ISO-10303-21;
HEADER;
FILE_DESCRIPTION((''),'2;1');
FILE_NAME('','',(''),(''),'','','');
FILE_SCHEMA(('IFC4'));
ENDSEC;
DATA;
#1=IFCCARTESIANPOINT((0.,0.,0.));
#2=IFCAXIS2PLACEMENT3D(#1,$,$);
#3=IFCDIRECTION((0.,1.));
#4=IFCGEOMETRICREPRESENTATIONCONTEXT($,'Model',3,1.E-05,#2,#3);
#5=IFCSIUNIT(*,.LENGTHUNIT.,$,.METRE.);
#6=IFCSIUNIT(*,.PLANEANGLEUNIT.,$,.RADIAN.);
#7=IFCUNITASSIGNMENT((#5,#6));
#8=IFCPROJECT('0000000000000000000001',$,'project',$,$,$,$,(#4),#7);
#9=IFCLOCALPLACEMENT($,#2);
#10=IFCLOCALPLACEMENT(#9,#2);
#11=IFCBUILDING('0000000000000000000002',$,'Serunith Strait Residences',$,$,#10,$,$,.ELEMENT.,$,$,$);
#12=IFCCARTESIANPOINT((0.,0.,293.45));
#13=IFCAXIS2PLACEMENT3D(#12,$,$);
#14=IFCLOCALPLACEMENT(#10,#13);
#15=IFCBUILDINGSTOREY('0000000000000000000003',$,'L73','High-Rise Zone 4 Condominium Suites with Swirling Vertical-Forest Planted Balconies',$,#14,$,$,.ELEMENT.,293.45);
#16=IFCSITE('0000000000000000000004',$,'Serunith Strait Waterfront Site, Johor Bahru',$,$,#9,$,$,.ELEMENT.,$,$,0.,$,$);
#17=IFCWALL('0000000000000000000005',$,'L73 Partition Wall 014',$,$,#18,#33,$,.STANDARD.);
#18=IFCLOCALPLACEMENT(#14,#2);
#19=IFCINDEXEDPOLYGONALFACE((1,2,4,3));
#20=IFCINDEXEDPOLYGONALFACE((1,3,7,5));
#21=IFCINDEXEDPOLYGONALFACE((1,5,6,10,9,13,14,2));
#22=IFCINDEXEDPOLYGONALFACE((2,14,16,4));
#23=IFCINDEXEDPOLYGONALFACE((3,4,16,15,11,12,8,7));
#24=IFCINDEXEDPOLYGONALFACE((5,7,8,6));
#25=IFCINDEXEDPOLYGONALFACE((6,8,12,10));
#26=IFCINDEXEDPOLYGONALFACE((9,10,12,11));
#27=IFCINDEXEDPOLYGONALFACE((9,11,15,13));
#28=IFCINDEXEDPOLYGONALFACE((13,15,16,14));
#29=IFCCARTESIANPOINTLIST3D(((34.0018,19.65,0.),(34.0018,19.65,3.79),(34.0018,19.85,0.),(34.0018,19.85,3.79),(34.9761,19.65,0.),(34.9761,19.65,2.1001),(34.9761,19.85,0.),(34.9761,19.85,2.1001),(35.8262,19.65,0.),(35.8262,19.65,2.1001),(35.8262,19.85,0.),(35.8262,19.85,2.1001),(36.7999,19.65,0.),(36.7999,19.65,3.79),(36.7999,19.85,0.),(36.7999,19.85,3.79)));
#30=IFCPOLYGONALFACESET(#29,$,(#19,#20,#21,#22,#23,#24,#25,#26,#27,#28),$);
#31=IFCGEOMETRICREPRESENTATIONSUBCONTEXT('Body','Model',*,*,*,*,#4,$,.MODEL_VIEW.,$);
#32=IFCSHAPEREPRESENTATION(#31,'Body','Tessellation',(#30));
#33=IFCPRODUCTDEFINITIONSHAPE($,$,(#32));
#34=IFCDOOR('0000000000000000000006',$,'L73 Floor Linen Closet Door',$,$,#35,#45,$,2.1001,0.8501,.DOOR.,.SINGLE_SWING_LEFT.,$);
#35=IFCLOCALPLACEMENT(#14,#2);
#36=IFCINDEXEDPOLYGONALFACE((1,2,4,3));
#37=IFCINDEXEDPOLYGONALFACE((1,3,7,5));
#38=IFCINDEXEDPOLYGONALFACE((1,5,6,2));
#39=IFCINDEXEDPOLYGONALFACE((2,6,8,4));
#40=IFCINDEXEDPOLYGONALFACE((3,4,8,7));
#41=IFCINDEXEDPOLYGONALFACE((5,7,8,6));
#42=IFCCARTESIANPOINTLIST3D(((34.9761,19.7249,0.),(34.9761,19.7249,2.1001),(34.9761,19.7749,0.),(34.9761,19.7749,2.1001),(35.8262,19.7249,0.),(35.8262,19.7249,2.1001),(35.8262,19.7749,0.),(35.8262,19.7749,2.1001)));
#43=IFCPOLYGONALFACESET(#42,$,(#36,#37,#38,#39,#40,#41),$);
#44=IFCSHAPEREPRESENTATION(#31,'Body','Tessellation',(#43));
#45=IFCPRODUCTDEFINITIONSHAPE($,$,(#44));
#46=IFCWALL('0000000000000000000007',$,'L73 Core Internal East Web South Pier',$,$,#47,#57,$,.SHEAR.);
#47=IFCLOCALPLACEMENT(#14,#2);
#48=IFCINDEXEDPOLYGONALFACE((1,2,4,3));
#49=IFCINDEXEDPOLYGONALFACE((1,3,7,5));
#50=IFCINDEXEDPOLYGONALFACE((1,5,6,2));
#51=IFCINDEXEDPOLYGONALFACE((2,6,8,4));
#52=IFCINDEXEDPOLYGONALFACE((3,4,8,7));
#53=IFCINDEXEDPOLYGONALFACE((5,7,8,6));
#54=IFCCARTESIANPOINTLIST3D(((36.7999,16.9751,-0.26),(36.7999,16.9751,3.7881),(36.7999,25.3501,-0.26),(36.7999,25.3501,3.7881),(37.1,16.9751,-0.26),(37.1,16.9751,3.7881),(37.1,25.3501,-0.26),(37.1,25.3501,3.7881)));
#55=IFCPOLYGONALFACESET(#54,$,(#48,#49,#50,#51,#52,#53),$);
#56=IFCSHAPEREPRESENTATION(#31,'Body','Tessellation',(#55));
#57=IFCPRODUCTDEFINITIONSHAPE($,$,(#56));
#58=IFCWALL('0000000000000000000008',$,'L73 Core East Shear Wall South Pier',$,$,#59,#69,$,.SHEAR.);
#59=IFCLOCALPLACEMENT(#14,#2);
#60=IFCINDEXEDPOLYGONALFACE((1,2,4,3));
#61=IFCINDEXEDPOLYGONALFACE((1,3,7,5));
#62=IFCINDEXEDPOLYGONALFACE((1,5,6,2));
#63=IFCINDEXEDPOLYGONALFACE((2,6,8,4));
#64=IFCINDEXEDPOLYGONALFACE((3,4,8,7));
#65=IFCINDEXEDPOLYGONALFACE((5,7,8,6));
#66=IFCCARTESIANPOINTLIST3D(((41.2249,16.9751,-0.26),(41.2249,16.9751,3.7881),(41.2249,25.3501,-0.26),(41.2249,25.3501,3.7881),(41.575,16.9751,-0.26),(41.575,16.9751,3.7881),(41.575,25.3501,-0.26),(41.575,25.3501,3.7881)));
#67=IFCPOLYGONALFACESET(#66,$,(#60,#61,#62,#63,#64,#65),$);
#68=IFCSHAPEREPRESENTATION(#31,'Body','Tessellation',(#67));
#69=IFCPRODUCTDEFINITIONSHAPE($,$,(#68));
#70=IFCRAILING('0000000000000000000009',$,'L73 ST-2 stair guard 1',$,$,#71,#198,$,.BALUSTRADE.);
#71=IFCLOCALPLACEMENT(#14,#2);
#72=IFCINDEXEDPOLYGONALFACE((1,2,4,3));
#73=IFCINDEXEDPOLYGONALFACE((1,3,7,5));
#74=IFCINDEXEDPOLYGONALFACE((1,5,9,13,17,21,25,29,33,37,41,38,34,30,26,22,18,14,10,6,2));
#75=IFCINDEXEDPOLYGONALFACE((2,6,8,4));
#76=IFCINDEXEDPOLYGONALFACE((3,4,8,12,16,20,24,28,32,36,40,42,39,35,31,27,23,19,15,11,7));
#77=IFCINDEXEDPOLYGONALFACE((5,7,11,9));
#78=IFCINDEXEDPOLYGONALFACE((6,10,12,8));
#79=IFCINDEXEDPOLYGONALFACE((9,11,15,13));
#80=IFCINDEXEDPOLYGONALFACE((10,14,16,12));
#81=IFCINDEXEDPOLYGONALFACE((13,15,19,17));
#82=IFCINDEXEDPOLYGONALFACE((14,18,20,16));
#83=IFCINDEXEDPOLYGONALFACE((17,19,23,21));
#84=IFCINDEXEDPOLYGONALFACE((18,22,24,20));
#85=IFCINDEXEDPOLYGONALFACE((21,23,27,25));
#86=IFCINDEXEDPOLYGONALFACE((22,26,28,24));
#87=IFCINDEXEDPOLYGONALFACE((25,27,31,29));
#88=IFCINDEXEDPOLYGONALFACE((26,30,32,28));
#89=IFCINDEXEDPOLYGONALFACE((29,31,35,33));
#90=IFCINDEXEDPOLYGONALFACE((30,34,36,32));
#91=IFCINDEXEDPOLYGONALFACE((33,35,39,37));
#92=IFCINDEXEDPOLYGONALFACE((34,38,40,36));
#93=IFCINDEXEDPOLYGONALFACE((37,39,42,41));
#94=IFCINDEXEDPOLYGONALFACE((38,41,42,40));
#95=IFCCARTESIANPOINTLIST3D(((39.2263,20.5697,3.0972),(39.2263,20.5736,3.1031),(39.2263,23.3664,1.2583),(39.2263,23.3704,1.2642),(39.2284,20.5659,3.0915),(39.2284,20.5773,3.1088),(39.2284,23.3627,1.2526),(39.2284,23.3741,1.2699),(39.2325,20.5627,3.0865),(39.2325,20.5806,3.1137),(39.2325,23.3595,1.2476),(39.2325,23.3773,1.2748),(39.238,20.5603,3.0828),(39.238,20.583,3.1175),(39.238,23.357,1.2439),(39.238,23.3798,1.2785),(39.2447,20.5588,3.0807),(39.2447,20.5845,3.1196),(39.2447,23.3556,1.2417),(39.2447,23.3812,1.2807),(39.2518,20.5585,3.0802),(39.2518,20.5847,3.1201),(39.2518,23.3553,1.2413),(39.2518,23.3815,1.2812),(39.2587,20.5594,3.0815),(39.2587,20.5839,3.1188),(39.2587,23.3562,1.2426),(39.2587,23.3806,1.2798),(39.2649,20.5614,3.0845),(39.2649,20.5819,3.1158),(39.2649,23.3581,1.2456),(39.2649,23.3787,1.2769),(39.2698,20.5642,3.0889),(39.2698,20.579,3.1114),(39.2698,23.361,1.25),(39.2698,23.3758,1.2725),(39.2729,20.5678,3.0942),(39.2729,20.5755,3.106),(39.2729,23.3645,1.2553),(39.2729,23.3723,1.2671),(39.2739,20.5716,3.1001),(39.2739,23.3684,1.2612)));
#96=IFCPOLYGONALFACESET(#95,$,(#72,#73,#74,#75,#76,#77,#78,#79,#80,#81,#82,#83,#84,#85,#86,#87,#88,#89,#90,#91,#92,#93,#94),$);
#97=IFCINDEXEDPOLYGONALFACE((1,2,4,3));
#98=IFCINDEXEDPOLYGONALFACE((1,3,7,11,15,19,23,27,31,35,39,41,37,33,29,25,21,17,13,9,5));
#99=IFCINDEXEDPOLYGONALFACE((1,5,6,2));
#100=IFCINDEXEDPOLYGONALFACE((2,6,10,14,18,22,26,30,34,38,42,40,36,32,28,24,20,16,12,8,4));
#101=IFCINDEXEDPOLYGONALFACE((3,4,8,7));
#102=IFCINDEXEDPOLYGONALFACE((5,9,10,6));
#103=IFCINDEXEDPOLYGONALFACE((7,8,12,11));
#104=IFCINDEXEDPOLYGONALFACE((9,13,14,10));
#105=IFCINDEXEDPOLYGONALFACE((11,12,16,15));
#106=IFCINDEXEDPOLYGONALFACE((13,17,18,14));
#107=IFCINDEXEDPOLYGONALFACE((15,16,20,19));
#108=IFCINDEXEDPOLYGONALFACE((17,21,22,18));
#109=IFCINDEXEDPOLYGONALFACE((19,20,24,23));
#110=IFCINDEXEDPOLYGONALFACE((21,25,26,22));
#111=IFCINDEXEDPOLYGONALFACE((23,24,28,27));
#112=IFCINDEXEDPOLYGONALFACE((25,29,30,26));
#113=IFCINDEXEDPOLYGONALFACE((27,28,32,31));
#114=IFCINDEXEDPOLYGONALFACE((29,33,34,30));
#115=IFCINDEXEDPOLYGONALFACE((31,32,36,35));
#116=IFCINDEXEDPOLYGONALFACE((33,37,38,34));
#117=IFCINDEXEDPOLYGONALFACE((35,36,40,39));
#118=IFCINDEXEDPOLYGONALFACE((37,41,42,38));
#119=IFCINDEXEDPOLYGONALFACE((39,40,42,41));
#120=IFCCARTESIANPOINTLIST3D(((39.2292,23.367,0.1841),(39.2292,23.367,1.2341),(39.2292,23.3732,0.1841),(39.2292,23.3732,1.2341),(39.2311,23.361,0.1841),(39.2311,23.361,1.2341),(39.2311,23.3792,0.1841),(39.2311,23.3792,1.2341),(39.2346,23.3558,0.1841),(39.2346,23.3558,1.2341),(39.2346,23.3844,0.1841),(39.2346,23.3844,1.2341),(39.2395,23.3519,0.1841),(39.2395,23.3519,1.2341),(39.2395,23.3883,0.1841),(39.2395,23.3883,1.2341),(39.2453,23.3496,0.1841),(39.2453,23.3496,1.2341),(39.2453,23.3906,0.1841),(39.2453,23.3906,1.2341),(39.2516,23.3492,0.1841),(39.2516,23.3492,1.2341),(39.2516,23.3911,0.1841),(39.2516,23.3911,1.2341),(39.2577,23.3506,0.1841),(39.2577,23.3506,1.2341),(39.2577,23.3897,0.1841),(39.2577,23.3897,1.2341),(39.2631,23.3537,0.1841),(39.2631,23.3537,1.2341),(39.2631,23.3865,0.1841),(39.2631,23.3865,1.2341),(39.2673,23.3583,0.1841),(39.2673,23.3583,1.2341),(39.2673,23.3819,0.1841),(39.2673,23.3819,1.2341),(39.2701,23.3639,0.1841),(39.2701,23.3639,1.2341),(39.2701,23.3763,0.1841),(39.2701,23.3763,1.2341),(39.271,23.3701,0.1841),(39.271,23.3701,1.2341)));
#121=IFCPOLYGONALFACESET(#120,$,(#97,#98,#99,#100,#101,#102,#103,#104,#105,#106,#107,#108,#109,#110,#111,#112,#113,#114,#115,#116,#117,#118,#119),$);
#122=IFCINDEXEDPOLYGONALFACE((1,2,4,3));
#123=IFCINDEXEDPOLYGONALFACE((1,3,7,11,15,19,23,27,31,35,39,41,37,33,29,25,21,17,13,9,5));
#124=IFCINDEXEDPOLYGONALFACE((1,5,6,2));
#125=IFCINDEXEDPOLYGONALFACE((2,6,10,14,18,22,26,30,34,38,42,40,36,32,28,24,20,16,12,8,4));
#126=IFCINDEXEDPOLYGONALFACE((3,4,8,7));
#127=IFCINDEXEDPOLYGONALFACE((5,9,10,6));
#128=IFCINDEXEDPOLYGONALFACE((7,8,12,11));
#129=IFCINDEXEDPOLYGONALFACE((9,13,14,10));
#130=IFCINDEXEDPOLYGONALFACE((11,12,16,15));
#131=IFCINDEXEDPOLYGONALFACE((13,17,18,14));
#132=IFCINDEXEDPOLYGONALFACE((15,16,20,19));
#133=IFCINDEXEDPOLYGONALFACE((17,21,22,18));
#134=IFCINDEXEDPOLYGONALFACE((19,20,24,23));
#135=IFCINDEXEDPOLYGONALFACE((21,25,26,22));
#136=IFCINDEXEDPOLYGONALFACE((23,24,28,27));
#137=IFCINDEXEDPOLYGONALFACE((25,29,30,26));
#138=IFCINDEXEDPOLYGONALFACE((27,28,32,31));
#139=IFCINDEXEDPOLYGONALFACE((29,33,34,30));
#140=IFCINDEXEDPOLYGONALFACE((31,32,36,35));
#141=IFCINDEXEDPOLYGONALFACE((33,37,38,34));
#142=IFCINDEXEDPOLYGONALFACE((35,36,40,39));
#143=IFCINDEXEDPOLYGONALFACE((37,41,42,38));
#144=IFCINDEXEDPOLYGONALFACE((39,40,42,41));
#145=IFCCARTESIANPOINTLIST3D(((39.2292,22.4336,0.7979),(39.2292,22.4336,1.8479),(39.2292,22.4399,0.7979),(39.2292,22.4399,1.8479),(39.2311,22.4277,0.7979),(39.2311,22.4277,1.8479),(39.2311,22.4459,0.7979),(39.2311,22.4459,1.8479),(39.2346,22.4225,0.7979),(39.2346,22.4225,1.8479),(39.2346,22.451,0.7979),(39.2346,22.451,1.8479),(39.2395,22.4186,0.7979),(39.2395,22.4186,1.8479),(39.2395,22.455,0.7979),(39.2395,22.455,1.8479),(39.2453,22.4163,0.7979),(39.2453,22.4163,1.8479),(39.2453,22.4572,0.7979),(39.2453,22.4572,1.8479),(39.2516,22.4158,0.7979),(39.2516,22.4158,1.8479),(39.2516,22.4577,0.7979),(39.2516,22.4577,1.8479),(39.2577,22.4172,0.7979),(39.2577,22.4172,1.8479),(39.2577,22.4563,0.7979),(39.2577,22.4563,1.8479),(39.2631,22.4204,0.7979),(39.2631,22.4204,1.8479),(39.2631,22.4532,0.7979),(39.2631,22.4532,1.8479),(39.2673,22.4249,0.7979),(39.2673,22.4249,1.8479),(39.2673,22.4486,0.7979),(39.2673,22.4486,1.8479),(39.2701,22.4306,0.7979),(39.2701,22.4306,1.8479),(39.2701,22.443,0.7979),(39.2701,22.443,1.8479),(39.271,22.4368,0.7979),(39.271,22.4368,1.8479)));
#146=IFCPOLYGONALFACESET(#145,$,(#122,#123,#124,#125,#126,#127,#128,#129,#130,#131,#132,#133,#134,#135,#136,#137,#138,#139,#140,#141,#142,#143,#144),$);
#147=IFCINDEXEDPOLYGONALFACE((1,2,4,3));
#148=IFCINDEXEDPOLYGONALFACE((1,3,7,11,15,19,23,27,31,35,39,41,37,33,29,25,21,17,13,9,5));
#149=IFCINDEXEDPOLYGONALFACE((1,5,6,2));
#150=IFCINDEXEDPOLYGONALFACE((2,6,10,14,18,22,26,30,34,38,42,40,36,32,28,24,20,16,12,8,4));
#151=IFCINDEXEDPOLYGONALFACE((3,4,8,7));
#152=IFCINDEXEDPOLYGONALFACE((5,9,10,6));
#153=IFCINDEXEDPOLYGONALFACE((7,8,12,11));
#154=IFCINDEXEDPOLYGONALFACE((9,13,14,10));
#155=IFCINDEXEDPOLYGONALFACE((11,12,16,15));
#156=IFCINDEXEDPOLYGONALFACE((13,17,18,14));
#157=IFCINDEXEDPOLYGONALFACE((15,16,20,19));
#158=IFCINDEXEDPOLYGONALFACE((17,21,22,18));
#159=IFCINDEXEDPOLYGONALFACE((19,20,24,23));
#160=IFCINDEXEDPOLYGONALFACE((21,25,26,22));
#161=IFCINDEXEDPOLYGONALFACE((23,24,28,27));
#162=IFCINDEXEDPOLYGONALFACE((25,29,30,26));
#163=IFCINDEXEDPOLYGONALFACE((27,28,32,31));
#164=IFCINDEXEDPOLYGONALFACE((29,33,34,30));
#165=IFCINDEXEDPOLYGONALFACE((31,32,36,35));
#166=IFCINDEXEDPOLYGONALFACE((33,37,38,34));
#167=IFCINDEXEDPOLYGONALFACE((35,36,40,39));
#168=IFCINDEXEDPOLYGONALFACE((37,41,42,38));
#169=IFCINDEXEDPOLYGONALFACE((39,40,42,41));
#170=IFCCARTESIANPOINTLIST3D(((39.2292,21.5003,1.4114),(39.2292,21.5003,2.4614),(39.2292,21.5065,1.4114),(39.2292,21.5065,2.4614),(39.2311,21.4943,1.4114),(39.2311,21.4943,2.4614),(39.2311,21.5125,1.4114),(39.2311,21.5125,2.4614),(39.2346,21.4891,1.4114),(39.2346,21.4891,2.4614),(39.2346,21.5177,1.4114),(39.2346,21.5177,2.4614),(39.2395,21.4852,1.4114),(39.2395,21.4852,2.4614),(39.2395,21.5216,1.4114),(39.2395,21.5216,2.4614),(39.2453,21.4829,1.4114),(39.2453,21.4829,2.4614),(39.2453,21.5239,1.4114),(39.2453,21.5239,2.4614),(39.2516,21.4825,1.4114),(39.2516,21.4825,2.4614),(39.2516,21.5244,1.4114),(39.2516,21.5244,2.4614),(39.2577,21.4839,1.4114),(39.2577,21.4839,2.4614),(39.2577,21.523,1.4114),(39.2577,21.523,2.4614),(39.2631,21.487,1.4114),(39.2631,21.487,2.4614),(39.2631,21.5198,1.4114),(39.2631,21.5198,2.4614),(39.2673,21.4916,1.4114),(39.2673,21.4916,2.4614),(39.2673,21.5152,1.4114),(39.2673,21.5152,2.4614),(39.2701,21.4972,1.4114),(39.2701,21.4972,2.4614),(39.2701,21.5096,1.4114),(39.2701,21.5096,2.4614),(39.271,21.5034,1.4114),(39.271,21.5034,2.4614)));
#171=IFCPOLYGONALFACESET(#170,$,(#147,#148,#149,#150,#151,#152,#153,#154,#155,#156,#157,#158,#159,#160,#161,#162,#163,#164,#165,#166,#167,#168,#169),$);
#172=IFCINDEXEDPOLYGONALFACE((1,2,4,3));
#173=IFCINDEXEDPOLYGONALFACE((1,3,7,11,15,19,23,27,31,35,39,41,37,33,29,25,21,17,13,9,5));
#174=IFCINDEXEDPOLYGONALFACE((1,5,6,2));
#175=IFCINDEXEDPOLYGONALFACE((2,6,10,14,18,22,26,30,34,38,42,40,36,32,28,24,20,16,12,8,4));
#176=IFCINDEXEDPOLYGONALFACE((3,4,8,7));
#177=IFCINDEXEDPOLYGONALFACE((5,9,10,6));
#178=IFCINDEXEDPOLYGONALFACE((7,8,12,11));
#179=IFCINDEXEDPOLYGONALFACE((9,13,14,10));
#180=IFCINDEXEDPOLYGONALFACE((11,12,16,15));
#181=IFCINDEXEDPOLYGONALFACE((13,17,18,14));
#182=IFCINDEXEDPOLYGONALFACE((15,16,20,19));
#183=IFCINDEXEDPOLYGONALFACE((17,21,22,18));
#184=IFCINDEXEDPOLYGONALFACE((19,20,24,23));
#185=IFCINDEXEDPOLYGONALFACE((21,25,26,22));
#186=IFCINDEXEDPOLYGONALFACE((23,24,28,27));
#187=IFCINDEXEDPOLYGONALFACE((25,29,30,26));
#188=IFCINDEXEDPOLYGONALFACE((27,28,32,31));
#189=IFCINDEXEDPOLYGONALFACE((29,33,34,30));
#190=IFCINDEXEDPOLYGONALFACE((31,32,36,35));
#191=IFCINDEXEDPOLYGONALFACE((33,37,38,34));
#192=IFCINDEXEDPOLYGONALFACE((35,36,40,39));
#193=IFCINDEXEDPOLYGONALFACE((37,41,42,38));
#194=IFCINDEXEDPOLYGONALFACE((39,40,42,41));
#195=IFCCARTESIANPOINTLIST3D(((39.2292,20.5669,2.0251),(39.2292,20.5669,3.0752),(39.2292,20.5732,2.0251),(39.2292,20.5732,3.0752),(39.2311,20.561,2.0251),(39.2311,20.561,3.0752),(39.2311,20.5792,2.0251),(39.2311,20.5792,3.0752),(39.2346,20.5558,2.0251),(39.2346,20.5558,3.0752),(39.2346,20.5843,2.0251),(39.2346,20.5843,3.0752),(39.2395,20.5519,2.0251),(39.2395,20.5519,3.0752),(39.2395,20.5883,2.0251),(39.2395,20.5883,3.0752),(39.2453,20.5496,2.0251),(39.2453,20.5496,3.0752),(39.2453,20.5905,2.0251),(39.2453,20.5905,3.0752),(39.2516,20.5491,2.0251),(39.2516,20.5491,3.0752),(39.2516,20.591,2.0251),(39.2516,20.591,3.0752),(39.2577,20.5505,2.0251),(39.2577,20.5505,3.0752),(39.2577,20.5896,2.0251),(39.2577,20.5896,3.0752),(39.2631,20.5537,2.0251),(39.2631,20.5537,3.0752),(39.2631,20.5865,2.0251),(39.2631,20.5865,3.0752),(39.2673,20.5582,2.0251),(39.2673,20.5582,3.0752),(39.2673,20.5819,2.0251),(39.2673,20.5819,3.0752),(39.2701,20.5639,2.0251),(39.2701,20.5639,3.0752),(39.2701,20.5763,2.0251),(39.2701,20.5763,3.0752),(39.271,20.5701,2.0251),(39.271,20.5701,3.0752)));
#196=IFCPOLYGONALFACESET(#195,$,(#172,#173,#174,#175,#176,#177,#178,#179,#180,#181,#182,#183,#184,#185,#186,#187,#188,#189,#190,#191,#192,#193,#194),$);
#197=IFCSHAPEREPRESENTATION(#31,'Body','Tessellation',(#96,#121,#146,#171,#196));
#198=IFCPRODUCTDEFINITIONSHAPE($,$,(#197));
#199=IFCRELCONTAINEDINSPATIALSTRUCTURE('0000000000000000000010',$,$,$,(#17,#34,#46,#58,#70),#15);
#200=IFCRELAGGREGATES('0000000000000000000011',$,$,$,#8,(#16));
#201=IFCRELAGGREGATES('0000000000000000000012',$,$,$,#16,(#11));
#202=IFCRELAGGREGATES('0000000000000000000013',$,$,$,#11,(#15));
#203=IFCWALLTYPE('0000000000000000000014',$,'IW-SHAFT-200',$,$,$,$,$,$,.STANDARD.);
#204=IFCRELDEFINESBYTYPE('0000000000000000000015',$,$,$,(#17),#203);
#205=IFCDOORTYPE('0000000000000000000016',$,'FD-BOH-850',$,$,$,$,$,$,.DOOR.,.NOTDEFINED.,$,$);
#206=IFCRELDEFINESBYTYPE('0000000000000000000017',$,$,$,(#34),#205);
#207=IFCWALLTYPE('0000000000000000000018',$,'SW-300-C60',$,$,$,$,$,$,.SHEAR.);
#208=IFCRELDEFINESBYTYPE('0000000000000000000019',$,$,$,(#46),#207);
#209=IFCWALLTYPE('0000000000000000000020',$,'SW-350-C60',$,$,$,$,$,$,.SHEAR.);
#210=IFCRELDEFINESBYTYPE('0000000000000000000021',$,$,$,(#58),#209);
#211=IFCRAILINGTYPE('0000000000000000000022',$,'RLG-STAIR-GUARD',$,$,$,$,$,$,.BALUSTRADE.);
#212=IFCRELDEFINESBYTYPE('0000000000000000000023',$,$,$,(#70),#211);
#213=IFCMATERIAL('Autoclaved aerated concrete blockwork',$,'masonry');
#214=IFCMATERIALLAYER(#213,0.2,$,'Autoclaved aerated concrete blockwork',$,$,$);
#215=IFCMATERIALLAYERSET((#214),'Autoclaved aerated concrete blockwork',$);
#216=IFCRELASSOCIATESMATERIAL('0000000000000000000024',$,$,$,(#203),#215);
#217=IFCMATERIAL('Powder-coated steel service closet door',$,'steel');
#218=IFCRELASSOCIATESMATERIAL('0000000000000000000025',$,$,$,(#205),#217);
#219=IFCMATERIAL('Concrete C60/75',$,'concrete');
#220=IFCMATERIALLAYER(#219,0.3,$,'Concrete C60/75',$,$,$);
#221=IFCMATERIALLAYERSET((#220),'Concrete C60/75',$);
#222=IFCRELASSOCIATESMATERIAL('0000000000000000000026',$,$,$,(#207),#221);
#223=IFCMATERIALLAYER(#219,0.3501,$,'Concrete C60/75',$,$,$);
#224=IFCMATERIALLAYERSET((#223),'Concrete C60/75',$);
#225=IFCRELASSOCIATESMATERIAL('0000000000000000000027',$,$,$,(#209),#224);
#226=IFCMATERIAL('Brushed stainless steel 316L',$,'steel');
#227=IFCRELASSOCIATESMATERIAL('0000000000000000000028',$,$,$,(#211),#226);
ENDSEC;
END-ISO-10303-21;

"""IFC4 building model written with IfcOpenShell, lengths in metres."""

from ifc_helpers import new_model, si_unit, direction, frame, frame_2d, origin, origin_2d, place, context, subcontext, project, spatial, rectangle, circle, extrude, source, transform, mapped, material, layer, layer_set, type_object, element, fill, save


model = new_model("IFC4")

# Units and contexts
model_context = context("Model", 3, precision=1e-05, world=origin(), true_north=direction((0.0, 1.0)))
body_context = subcontext(model_context, "Body", "Model", "MODEL_VIEW")
ifc_project = project(units=[si_unit("LENGTHUNIT", "METRE"), si_unit("PLANEANGLEUNIT", "RADIAN")], contexts=[model_context])

# Site, building, storey
site_placement = place(None, origin())
site = spatial("IfcSite", under=ifc_project, at=site_placement, Name="Serunith Strait Waterfront Site, Johor Bahru", CompositionType="ELEMENT", RefElevation=0.0)
building_placement = place(site_placement, origin())
building = spatial("IfcBuilding", under=site, at=building_placement, Name="Serunith Strait Residences", CompositionType="ELEMENT")
storey_placement = place(building_placement, frame((0.0, 0.0, 293.45)))
storey = spatial("IfcBuildingStorey", under=building, at=storey_placement, Name="L73", Description="High-Rise Zone 4 Condominium Suites with Swirling Vertical-Forest Planted Balconies", CompositionType="ELEMENT", Elevation=293.45)

# Shared definitions
ifc_material_1 = material(Name="Concrete C60/75", Category="concrete")

# Wall, opening, door
ifc_material_2 = material(Name="Autoclaved aerated concrete blockwork", Category="masonry")
ifc_layer_1 = layer(ifc_material_2, 0.2, Name="Autoclaved aerated concrete blockwork")
ifc_layer_set_1 = layer_set([ifc_layer_1], Name="Autoclaved aerated concrete blockwork")
wall_type_1 = type_object("IfcWallType", Name="IW-SHAFT-200", PredefinedType="STANDARD", material=ifc_layer_set_1)
wall_1_placement = place(storey_placement, frame((34.002, 19.75, 0.0), z_axis=(0.0, 0.0, 1.0), x_axis=(1.0, 0.0, 0.0)))
wall_1 = element("IfcWall", 1, at=wall_1_placement, inside=storey, type_object=wall_type_1, Name="L73 Partition Wall 014", PredefinedType="STANDARD", context=body_context, shape_type="SweptSolid", body=[
    extrude(rectangle(XDim=2.7981, YDim=0.2, at=frame_2d((1.3989, 0.0))), origin(), (0.0, 0.0, 1.0), 3.79),
])
opening_1_placement = place(wall_1_placement, frame((0.9741, 0.0, 0.0)))
opening_1 = element("IfcOpeningElement", 2, at=opening_1_placement, cuts=wall_1, PredefinedType="OPENING", context=body_context, shape_type="SweptSolid", body=[
    extrude(rectangle(XDim=0.8501, YDim=2.1001, at=frame_2d((0.425, 1.05))), frame((0.0, 0.1099, 0.0), z_axis=(0.0, -1.0, 0.0), x_axis=(1.0, 0.0, 0.0)), (0.0, 0.0, 1.0), 0.22),
])
ifc_material_3 = material(Name="Powder-coated steel service closet door", Category="steel")
door_type_1 = type_object("IfcDoorType", Name="FD-BOH-850", OperationType="NOTDEFINED", PredefinedType="DOOR", material=ifc_material_3)
shared_shape_1 = source(origin(), body_context, "Body", "SweptSolid", [
    extrude(rectangle(XDim=0.8501, YDim=2.1001, at=frame_2d((0.425, 1.05))), frame((0.0, 0.0249, 0.0), z_axis=(0.0, -1.0, 0.0), x_axis=(1.0, 0.0, 0.0)), (0.0, 0.0, 1.0), 0.05),
])
door_1_placement = place(opening_1_placement, origin())
door_1 = element("IfcDoor", 3, at=door_1_placement, inside=storey, type_object=door_type_1, Name="L73 Floor Linen Closet Door", OperationType="SINGLE_SWING_LEFT", OverallHeight=2.1001, OverallWidth=0.8501, PredefinedType="DOOR", context=body_context, shape_type="MappedRepresentation", body=[
    mapped(shared_shape_1, transform((0.0, 0.0, 0.0), scale=1.0)),
])
fill(opening_1, door_1)

# Walls
ifc_layer_2 = layer(ifc_material_1, 0.3, Name="Concrete C60/75")
ifc_layer_set_2 = layer_set([ifc_layer_2], Name="Concrete C60/75")
wall_type_2 = type_object("IfcWallType", Name="SW-300-C60", PredefinedType="SHEAR", material=ifc_layer_set_2)
wall_2_placement = place(storey_placement, frame((36.95, 16.9751, -0.26), z_axis=(0.0, 0.0, 1.0), x_axis=(0.0, 1.0, 0.0)))
element("IfcWall", 4, at=wall_2_placement, inside=storey, type_object=wall_type_2, Name="L73 Core Internal East Web South Pier", PredefinedType="SHEAR", context=body_context, shape_type="SweptSolid", body=[
    extrude(rectangle(XDim=8.375, YDim=0.3, at=frame_2d((4.1875, 0.0))), origin(), (0.0, 0.0, 1.0), 4.0481),
])
ifc_layer_3 = layer(ifc_material_1, 0.3501, Name="Concrete C60/75")
ifc_layer_set_3 = layer_set([ifc_layer_3], Name="Concrete C60/75")
wall_type_3 = type_object("IfcWallType", Name="SW-350-C60", PredefinedType="SHEAR", material=ifc_layer_set_3)
wall_3_placement = place(storey_placement, frame((41.3999, 16.9751, -0.26), z_axis=(0.0, 0.0, 1.0), x_axis=(0.0, 1.0, 0.0)))
element("IfcWall", 5, at=wall_3_placement, inside=storey, type_object=wall_type_3, Name="L73 Core East Shear Wall South Pier", PredefinedType="SHEAR", context=body_context, shape_type="SweptSolid", body=[
    extrude(rectangle(XDim=8.375, YDim=0.3501, at=frame_2d((4.1875, 0.0))), origin(), (0.0, 0.0, 1.0), 4.0481),
])

# Railing
ifc_material_4 = material(Name="Brushed stainless steel 316L", Category="steel")
railing_type_1 = type_object("IfcRailingType", Name="RLG-STAIR-GUARD", PredefinedType="BALUSTRADE", material=ifc_material_4)
railing_1_placement = place(storey_placement, frame((39.25, 23.3701, 0.1841)))
element("IfcRailing", 6, at=railing_1_placement, inside=storey, type_object=railing_type_1, Name="L73 ST-2 stair guard 1", PredefinedType="BALUSTRADE", context=body_context, shape_type="SweptSolid", body=[
    extrude(circle(Radius=0.0239, at=origin_2d()), frame((0.0, -0.0017, 1.0771), z_axis=(0.0, -0.835564, 0.549393), x_axis=(1.0, 0.0, 0.0)), (0.0, 0.0, 1.0), 3.3472),
    extrude(circle(Radius=0.021, at=origin_2d()), origin(), (0.0, 0.0, 1.0), 1.05),
    extrude(circle(Radius=0.021, at=origin_2d()), frame((0.0, -0.9333, 0.6138)), (0.0, 0.0, 1.0), 1.05),
    extrude(circle(Radius=0.021, at=origin_2d()), frame((0.0, -1.8667, 1.2273)), (0.0, 0.0, 1.0), 1.05),
    extrude(circle(Radius=0.021, at=origin_2d()), frame((0.0, -2.8, 1.8411)), (0.0, 0.0, 1.0), 1.05),
])

save(model, "model.ifc")
